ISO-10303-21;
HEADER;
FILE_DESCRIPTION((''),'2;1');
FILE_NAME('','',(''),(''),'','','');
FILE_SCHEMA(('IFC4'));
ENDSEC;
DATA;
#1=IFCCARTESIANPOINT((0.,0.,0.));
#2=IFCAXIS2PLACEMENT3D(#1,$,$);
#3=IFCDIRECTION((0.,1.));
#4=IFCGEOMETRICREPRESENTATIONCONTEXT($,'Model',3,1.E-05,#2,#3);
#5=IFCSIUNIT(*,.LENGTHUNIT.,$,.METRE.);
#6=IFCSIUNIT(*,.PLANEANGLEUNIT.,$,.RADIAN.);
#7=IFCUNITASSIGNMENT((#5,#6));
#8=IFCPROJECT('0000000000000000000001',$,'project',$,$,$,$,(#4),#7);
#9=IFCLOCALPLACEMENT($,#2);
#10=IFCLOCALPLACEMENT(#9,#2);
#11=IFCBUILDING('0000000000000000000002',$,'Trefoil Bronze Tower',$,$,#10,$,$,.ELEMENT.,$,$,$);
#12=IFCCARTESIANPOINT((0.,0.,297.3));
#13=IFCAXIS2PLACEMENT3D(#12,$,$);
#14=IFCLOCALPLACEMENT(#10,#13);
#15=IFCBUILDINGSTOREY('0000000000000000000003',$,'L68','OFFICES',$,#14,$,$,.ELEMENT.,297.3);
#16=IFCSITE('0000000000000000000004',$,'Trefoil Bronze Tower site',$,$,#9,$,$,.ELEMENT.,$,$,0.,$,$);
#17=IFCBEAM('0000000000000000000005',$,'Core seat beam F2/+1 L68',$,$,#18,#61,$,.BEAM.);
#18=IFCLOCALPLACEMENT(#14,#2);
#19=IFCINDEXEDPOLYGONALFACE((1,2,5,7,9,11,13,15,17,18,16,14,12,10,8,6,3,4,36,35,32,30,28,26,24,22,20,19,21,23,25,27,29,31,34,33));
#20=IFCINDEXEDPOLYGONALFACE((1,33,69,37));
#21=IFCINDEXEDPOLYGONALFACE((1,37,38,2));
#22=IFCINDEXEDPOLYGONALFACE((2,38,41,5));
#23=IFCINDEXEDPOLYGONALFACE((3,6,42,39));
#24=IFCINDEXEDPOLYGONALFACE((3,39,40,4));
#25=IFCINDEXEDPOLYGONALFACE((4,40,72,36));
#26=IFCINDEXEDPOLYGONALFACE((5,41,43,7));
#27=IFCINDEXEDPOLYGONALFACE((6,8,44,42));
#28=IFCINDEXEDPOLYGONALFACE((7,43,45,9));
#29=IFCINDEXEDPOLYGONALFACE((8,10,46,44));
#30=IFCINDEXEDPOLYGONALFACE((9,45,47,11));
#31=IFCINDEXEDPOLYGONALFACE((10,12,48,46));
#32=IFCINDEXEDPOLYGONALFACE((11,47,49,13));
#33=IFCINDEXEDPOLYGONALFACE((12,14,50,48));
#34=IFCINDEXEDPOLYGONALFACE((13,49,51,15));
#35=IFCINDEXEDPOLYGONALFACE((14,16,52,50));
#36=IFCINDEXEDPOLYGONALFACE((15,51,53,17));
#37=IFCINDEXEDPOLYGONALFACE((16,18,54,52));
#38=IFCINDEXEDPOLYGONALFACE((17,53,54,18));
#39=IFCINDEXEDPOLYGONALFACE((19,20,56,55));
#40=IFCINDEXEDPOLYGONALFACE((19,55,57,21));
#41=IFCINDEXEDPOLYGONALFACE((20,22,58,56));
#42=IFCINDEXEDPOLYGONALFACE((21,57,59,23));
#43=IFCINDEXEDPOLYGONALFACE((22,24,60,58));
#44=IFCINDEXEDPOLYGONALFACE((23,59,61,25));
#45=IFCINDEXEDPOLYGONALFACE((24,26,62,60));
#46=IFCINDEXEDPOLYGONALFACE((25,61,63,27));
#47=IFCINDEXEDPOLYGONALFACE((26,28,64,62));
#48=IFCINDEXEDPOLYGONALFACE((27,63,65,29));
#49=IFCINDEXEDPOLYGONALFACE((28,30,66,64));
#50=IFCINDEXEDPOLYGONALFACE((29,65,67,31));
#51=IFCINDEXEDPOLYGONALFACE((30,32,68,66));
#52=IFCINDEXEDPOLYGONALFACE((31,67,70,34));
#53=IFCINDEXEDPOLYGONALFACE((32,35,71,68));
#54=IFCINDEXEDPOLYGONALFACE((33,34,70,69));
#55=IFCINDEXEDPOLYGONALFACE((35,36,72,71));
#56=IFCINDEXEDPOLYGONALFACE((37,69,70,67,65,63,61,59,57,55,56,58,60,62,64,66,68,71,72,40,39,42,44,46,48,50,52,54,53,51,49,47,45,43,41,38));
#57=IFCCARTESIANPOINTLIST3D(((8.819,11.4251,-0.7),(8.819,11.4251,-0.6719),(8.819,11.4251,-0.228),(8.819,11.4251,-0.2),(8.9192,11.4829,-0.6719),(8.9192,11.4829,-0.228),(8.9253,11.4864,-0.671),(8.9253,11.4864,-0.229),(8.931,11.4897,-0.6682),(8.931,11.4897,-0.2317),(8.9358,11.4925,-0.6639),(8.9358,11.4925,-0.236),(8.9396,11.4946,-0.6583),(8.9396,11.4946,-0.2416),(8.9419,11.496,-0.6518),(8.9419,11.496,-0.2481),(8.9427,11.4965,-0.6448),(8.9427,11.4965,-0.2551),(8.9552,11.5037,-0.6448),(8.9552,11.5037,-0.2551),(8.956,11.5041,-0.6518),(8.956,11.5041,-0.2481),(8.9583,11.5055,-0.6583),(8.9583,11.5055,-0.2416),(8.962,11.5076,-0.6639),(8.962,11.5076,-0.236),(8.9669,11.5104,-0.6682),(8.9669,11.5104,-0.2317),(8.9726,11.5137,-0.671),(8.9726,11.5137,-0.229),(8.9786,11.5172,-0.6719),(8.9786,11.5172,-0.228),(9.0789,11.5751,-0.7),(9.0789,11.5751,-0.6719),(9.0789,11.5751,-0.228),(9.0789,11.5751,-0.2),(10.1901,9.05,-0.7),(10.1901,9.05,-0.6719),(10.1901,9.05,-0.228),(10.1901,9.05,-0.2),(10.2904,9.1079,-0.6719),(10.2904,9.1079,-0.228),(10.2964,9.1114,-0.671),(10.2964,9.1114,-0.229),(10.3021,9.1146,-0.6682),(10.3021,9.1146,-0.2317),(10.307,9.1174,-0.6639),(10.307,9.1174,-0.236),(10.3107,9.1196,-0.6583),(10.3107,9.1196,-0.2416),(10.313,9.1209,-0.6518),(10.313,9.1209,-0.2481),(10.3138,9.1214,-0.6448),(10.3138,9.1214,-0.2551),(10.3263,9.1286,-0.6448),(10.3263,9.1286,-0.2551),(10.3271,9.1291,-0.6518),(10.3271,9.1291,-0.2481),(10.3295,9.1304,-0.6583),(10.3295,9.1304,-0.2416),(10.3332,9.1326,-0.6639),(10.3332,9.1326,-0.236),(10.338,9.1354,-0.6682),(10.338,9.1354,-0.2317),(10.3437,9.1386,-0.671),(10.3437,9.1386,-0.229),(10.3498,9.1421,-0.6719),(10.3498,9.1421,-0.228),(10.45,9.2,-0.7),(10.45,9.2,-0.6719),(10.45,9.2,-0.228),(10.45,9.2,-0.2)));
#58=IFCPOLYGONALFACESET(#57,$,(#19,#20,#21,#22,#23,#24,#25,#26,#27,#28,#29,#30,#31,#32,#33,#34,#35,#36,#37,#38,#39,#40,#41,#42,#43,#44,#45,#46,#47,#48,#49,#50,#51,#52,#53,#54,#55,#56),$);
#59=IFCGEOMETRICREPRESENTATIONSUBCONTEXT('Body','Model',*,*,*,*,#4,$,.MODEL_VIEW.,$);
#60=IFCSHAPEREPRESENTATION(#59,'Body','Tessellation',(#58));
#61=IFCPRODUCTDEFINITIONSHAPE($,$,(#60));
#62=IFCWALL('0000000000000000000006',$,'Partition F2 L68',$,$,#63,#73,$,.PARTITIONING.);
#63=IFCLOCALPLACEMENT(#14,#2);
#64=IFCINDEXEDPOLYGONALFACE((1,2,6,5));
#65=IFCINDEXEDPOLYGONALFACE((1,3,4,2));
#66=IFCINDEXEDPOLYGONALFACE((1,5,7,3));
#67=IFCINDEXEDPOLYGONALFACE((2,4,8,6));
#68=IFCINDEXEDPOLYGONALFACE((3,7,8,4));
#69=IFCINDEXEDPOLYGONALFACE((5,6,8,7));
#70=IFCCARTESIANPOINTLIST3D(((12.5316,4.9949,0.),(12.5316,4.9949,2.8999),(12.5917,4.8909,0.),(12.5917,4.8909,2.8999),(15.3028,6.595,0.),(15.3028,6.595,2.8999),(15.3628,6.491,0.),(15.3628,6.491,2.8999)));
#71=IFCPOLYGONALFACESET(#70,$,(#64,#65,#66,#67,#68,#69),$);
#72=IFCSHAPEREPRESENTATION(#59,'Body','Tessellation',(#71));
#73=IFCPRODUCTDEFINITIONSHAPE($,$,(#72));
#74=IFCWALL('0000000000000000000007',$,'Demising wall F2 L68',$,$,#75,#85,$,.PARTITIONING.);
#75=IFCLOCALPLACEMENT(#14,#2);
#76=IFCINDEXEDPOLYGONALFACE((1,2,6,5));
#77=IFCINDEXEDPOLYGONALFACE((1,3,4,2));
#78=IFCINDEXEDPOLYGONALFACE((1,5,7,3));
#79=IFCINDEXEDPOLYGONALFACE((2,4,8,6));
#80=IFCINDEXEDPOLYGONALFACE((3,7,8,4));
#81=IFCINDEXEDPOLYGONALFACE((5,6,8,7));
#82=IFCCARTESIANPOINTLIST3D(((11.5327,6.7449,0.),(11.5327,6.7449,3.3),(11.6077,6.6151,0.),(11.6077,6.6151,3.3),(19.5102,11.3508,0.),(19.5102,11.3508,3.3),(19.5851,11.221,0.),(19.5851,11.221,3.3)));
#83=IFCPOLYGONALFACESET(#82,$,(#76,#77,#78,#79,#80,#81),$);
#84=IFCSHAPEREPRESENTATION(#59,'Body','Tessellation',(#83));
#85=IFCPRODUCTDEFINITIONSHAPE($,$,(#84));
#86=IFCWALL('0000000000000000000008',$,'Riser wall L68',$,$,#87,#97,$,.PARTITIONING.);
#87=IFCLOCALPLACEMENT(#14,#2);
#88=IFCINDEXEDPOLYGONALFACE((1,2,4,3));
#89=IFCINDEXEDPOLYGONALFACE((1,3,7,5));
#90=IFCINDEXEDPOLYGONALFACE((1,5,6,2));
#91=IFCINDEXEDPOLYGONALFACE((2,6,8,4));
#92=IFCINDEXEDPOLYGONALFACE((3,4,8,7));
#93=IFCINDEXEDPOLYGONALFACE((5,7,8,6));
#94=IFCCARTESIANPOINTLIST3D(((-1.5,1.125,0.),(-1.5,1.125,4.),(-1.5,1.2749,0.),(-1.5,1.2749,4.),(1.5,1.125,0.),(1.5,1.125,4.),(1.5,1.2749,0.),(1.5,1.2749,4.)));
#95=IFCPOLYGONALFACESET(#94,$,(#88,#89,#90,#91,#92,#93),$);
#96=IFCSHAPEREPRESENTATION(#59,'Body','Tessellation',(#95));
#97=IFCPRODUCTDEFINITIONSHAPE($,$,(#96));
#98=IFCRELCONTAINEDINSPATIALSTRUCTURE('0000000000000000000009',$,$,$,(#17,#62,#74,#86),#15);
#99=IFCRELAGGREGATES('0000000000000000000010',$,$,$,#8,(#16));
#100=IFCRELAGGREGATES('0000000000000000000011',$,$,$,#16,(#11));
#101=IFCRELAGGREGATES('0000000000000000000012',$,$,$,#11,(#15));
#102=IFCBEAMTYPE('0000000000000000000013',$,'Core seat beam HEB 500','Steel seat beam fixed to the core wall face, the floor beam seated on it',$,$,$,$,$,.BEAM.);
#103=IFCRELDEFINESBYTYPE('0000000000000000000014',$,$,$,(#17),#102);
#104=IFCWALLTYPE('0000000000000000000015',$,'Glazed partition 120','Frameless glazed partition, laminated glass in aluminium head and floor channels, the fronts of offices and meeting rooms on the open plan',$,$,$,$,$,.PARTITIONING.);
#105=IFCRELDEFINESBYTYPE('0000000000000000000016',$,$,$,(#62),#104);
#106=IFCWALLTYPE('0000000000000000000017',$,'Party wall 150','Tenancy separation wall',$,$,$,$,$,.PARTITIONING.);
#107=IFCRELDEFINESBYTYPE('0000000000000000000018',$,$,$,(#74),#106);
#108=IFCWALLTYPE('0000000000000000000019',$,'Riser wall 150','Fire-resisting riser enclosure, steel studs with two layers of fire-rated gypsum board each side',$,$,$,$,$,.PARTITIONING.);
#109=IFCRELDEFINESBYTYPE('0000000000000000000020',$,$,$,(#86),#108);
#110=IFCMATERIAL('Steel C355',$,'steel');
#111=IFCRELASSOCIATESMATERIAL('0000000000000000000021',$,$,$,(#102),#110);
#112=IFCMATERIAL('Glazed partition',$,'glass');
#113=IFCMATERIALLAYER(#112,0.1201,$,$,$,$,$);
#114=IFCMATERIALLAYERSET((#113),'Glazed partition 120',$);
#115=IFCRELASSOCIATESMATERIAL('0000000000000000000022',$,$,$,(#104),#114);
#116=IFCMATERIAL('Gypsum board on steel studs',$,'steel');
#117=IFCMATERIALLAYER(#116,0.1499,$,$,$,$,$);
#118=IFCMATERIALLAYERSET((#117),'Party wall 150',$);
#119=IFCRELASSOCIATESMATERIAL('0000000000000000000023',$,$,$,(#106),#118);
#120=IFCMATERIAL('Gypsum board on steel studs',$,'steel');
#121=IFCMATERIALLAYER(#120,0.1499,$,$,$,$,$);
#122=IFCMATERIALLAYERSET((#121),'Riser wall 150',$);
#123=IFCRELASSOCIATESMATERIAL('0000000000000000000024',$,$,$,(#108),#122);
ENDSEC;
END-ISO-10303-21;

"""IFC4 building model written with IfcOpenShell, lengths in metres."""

from ifc_helpers import new_model, si_unit, direction, frame, frame_2d, origin, origin_2d, place, context, subcontext, project, spatial, rectangle, i_section, extrude, material, layer, layer_set, material_profile, profile_set, type_object, element, save


model = new_model("IFC4")

# Units and contexts
model_context = context("Model", 3, precision=1e-05, world=origin(), true_north=direction((0.0, 1.0)))
body_context = subcontext(model_context, "Body", "Model", "MODEL_VIEW")
ifc_project = project(units=[si_unit("LENGTHUNIT", "METRE"), si_unit("PLANEANGLEUNIT", "RADIAN")], contexts=[model_context])

# Site, building, storey
site_placement = place(None, origin())
site = spatial("IfcSite", under=ifc_project, at=site_placement, Name="Trefoil Bronze Tower site", CompositionType="ELEMENT", RefElevation=0.0)
building_placement = place(site_placement, origin())
building = spatial("IfcBuilding", under=site, at=building_placement, Name="Trefoil Bronze Tower", CompositionType="ELEMENT")
storey_placement = place(building_placement, frame((0.0, 0.0, 297.3)))
storey = spatial("IfcBuildingStorey", under=building, at=storey_placement, Name="L68", Description="OFFICES", CompositionType="ELEMENT", Elevation=297.3)

# Beam
ifc_material_1 = material(Name="Steel C355", Category="steel")
ifc_material_profile = material_profile(ifc_material_1, i_section(OverallWidth=0.3, OverallDepth=0.5, WebThickness=0.0144, FlangeThickness=0.0281, FilletRadius=0.0271, at=origin_2d()), Name="HEB 500")
ifc_profile_set = profile_set([ifc_material_profile], Name="Steel C355")
beam_type = type_object("IfcBeamType", Name="Core seat beam HEB 500", Description="Steel seat beam fixed to the core wall face, the floor beam seated on it", PredefinedType="BEAM", material=ifc_profile_set)
beam_placement = place(storey_placement, frame((10.3201, 9.125, -0.45), z_axis=(-0.499969, 0.866043, 0.0), x_axis=(-0.866043, -0.499969, 0.0)))
element("IfcBeam", 1, at=beam_placement, inside=storey, type_object=beam_type, Name="Core seat beam F2/+1 L68", PredefinedType="BEAM", context=body_context, shape_type="SweptSolid", body=[
    extrude(i_section(OverallWidth=0.3, OverallDepth=0.5, WebThickness=0.0144, FlangeThickness=0.0281, FilletRadius=0.0271, at=origin_2d()), origin(), (0.0, 0.0, 1.0), 2.7424),
])

# Walls
ifc_material_2 = material(Name="Glazed partition", Category="glass")
ifc_layer_1 = layer(ifc_material_2, 0.1201)
ifc_layer_set_1 = layer_set([ifc_layer_1], Name="Glazed partition 120")
wall_type_1 = type_object("IfcWallType", Name="Glazed partition 120", Description="Frameless glazed partition, laminated glass in aluminium head and floor channels, the fronts of offices and meeting rooms on the open plan", PredefinedType="PARTITIONING", material=ifc_layer_set_1)
wall_1_placement = place(storey_placement, frame((12.5615, 4.9429, 0.0), z_axis=(0.0, 0.0, 1.0), x_axis=(0.866009, 0.500028, 0.0)))
element("IfcWall", 2, at=wall_1_placement, inside=storey, type_object=wall_type_1, Name="Partition F2 L68", PredefinedType="PARTITIONING", context=body_context, shape_type="SweptSolid", body=[
    extrude(rectangle(XDim=3.2, YDim=0.1201, at=frame_2d((1.6001, 0.0))), origin(), (0.0, 0.0, 1.0), 2.8999),
])
ifc_material_3 = material(Name="Gypsum board on steel studs", Category="steel")
ifc_layer_2 = layer(ifc_material_3, 0.1499)
ifc_layer_set_2 = layer_set([ifc_layer_2], Name="Party wall 150")
wall_type_2 = type_object("IfcWallType", Name="Party wall 150", Description="Tenancy separation wall", PredefinedType="PARTITIONING", material=ifc_layer_set_2)
wall_2_placement = place(storey_placement, frame((11.5701, 6.6799, 0.0), z_axis=(0.0, 0.0, 1.0), x_axis=(0.86602, 0.50001, 0.0)))
element("IfcWall", 3, at=wall_2_placement, inside=storey, type_object=wall_type_2, Name="Demising wall F2 L68", PredefinedType="PARTITIONING", context=body_context, shape_type="SweptSolid", body=[
    extrude(rectangle(XDim=9.2117, YDim=0.1499, at=frame_2d((4.606, 0.0))), origin(), (0.0, 0.0, 1.0), 3.3),
])
ifc_material_4 = material(Name="Gypsum board on steel studs", Category="steel")
ifc_layer_3 = layer(ifc_material_4, 0.1499)
ifc_layer_set_3 = layer_set([ifc_layer_3], Name="Riser wall 150")
wall_type_3 = type_object("IfcWallType", Name="Riser wall 150", Description="Fire-resisting riser enclosure, steel studs with two layers of fire-rated gypsum board each side", PredefinedType="PARTITIONING", material=ifc_layer_set_3)
wall_3_placement = place(storey_placement, frame((1.5, 1.2, 0.0), z_axis=(0.0, 0.0, 1.0), x_axis=(-1.0, 0.0, 0.0)))
element("IfcWall", 4, at=wall_3_placement, inside=storey, type_object=wall_type_3, Name="Riser wall L68", PredefinedType="PARTITIONING", context=body_context, shape_type="SweptSolid", body=[
    extrude(rectangle(XDim=3.0, YDim=0.1499, at=frame_2d((1.5, 0.0))), origin(), (0.0, 0.0, 1.0), 4.0),
])

save(model, "model.ifc")
